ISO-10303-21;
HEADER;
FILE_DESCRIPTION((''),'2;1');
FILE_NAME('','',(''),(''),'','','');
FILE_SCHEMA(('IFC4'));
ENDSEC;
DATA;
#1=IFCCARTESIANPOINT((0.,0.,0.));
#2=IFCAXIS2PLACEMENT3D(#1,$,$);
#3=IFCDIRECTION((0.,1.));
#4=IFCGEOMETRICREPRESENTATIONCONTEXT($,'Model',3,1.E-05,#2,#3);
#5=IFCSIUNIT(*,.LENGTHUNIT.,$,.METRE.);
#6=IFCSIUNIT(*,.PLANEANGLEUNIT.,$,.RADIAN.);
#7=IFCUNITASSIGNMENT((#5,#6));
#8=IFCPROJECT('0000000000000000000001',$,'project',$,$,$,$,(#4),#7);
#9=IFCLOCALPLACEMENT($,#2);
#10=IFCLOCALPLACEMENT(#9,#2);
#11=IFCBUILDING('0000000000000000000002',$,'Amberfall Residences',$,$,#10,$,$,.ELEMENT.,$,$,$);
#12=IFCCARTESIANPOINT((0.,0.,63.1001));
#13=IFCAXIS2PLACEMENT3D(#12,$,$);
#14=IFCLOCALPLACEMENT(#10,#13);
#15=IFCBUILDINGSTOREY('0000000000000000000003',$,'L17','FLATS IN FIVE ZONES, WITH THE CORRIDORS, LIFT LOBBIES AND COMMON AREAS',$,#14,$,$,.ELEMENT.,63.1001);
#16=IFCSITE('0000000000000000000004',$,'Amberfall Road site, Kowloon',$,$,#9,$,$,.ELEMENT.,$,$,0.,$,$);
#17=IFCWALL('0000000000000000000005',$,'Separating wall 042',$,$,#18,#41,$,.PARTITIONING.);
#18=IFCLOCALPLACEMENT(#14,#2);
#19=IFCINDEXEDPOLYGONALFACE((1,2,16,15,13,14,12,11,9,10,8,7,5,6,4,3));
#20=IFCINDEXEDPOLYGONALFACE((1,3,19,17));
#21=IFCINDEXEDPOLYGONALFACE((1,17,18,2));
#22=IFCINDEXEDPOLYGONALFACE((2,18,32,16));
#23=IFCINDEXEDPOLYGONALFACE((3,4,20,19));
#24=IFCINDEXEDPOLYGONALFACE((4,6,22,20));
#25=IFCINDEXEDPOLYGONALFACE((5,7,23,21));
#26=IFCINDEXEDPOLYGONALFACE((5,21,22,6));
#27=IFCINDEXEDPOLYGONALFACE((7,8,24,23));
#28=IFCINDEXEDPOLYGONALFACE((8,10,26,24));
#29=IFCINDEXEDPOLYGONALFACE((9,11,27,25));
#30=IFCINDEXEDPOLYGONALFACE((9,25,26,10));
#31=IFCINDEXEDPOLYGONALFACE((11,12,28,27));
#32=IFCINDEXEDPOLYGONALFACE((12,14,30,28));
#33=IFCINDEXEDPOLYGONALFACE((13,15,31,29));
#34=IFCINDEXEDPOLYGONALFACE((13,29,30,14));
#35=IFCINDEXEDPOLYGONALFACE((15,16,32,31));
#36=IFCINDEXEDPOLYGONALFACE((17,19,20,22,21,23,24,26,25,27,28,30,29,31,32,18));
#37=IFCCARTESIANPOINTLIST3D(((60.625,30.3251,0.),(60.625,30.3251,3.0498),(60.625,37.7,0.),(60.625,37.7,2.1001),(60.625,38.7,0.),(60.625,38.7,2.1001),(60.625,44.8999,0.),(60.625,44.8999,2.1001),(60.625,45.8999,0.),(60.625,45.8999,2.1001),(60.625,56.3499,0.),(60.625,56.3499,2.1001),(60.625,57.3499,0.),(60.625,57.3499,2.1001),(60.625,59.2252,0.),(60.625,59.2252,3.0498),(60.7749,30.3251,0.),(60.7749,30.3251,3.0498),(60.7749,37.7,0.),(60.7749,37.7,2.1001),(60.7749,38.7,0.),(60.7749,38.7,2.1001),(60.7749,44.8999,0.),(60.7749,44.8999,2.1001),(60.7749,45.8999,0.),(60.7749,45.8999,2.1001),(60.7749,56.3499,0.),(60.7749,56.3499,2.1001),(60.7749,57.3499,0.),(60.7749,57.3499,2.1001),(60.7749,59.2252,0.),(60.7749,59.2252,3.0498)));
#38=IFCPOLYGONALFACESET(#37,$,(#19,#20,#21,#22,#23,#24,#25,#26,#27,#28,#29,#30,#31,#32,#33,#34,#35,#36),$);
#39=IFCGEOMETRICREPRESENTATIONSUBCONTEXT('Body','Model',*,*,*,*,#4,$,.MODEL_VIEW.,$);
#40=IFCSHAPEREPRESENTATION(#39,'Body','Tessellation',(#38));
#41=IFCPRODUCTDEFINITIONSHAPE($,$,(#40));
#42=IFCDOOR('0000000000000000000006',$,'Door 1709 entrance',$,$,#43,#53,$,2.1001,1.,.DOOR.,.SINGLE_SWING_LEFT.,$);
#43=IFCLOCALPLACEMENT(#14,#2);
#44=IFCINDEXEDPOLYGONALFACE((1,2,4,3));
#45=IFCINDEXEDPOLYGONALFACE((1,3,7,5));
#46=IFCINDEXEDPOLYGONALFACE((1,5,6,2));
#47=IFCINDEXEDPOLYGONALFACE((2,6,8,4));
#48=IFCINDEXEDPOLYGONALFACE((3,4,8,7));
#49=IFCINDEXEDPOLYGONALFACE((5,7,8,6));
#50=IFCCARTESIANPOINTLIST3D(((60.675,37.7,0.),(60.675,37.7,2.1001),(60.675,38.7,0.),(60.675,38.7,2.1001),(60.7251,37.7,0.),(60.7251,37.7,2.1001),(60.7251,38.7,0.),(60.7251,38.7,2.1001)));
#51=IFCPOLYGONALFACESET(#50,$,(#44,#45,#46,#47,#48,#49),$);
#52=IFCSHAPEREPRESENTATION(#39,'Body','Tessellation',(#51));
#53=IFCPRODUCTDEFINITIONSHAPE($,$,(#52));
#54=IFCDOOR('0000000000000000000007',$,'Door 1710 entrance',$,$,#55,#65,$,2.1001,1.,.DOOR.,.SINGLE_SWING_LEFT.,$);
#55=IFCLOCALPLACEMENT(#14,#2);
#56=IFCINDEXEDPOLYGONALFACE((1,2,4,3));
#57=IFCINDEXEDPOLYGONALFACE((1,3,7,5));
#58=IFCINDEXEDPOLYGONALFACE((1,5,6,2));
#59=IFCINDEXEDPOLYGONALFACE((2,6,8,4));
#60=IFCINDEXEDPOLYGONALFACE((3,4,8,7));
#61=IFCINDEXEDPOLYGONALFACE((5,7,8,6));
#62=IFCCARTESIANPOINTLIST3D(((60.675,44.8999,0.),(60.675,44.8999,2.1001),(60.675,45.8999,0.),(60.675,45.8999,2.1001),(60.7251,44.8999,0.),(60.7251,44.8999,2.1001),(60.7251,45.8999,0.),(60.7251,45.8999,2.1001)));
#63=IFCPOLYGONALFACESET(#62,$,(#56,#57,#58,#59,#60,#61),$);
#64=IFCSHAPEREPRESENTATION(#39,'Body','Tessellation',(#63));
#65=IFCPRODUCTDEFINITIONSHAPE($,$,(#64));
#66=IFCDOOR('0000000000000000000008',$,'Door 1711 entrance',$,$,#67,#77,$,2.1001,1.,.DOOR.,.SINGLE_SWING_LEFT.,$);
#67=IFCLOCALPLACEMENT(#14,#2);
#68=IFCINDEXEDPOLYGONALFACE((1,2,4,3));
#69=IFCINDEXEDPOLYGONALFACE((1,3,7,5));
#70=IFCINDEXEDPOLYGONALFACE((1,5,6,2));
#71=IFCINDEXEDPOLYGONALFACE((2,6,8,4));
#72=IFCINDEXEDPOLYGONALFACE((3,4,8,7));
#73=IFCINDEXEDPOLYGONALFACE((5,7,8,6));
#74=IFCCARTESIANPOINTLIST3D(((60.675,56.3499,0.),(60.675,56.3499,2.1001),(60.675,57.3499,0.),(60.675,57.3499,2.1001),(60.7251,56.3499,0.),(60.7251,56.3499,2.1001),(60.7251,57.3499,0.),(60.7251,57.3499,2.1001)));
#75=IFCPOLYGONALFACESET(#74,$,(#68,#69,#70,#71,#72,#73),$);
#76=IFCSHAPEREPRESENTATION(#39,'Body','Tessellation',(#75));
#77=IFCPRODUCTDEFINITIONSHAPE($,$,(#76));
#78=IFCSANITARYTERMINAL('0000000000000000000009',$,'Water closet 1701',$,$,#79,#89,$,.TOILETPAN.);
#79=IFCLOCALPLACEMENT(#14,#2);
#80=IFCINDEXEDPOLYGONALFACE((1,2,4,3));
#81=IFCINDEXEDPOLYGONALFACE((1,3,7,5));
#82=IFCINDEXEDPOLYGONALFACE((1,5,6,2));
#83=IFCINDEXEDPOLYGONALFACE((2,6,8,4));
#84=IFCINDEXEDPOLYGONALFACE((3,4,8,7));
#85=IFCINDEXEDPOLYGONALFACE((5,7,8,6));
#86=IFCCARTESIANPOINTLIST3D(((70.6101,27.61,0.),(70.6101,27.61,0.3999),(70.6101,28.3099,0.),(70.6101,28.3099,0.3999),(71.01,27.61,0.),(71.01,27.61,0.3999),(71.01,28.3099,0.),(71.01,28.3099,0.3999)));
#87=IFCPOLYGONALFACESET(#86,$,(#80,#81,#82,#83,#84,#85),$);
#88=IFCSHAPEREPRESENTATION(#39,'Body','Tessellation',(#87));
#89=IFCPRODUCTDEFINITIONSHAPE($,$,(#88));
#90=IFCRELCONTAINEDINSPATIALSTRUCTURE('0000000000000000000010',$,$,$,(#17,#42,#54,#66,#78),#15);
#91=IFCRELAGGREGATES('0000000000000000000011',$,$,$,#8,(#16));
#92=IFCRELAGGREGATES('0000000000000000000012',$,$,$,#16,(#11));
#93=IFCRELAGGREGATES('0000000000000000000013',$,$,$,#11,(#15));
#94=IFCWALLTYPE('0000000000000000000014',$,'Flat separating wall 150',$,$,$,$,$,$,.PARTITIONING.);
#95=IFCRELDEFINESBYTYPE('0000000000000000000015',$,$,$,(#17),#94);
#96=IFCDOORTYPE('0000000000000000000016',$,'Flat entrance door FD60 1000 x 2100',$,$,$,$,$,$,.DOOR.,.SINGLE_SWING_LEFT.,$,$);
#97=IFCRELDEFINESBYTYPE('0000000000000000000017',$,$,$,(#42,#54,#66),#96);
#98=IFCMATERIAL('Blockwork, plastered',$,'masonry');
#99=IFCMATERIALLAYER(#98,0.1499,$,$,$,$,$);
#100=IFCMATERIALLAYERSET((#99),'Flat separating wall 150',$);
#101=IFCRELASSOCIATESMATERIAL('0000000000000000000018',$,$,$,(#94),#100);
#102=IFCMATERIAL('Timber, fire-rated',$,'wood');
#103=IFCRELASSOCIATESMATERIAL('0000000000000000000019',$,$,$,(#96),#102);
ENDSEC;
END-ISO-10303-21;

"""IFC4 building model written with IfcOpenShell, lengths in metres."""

from ifc_helpers import new_model, si_unit, direction, frame, frame_2d, origin, origin_2d, place, context, subcontext, project, spatial, rectangle, extrude, material, layer, layer_set, type_object, element, fill, save


model = new_model("IFC4")

# Units and contexts
model_context = context("Model", 3, precision=1e-05, world=origin(), true_north=direction((0.0, 1.0)))
body_context = subcontext(model_context, "Body", "Model", "MODEL_VIEW")
ifc_project = project(units=[si_unit("LENGTHUNIT", "METRE"), si_unit("PLANEANGLEUNIT", "RADIAN")], contexts=[model_context])

# Site, building, storey
site_placement = place(None, origin())
site = spatial("IfcSite", under=ifc_project, at=site_placement, Name="Amberfall Road site, Kowloon", CompositionType="ELEMENT", RefElevation=0.0)
building_placement = place(site_placement, origin())
building = spatial("IfcBuilding", under=site, at=building_placement, Name="Amberfall Residences", CompositionType="ELEMENT")
storey_placement = place(building_placement, frame((0.0, 0.0, 63.1001)))
storey = spatial("IfcBuildingStorey", under=building, at=storey_placement, Name="L17", Description="FLATS IN FIVE ZONES, WITH THE CORRIDORS, LIFT LOBBIES AND COMMON AREAS", CompositionType="ELEMENT", Elevation=63.1001)

# Wall, openings, doors
ifc_material_1 = material(Name="Blockwork, plastered", Category="masonry")
ifc_layer_1 = layer(ifc_material_1, 0.1499)
ifc_layer_set_1 = layer_set([ifc_layer_1], Name="Flat separating wall 150")
wall_type_1 = type_object("IfcWallType", Name="Flat separating wall 150", PredefinedType="PARTITIONING", material=ifc_layer_set_1)
wall_1_placement = place(storey_placement, frame((60.7, 30.325, 0.0), z_axis=(0.0, 0.0, 1.0), x_axis=(0.0, 1.0, 0.0)))
wall_1 = element("IfcWall", 1, at=wall_1_placement, inside=storey, type_object=wall_type_1, Name="Separating wall 042", PredefinedType="PARTITIONING", context=body_context, shape_type="SweptSolid", body=[
    extrude(rectangle(XDim=28.9001, YDim=0.1499, at=frame_2d((14.4502, 0.0))), origin(), (0.0, 0.0, 1.0), 3.0498),
])
opening_1_placement = place(wall_1_placement, frame((7.375, 0.0, 0.0)))
opening_1 = element("IfcOpeningElement", 2, at=opening_1_placement, cuts=wall_1, PredefinedType="OPENING", context=body_context, shape_type="SweptSolid", body=[
    extrude(rectangle(XDim=1.0, YDim=2.1001, at=frame_2d((0.5, 1.05))), frame((0.0, 0.085, 0.0), z_axis=(0.0, -1.0, 0.0), x_axis=(1.0, 0.0, 0.0)), (0.0, 0.0, 1.0), 0.1699),
])
opening_2_placement = place(wall_1_placement, frame((14.575, 0.0, 0.0)))
opening_2 = element("IfcOpeningElement", 3, at=opening_2_placement, cuts=wall_1, PredefinedType="OPENING", context=body_context, shape_type="SweptSolid", body=[
    extrude(rectangle(XDim=1.0, YDim=2.1001, at=frame_2d((0.5, 1.05))), frame((0.0, 0.085, 0.0), z_axis=(0.0, -1.0, 0.0), x_axis=(1.0, 0.0, 0.0)), (0.0, 0.0, 1.0), 0.1699),
])
opening_3_placement = place(wall_1_placement, frame((26.0249, 0.0, 0.0)))
opening_3 = element("IfcOpeningElement", 4, at=opening_3_placement, cuts=wall_1, PredefinedType="OPENING", context=body_context, shape_type="SweptSolid", body=[
    extrude(rectangle(XDim=1.0, YDim=2.1001, at=frame_2d((0.5, 1.05))), frame((0.0, 0.085, 0.0), z_axis=(0.0, -1.0, 0.0), x_axis=(1.0, 0.0, 0.0)), (0.0, 0.0, 1.0), 0.1699),
])
ifc_material_2 = material(Name="Timber, fire-rated", Category="wood")
door_type_1 = type_object("IfcDoorType", Name="Flat entrance door FD60 1000 x 2100", OperationType="SINGLE_SWING_LEFT", PredefinedType="DOOR", material=ifc_material_2)
door_1_placement = place(opening_1_placement, origin())
door_1 = element("IfcDoor", 5, at=door_1_placement, inside=storey, type_object=door_type_1, Name="Door 1709 entrance", OperationType="SINGLE_SWING_LEFT", OverallHeight=2.1001, OverallWidth=1.0, PredefinedType="DOOR", context=body_context, shape_type="SweptSolid", body=[
    extrude(rectangle(XDim=1.0, YDim=2.1001, at=frame_2d((0.5, 1.05))), frame((0.0, 0.0249, 0.0), z_axis=(0.0, -1.0, 0.0), x_axis=(1.0, 0.0, 0.0)), (0.0, 0.0, 1.0), 0.05),
])
fill(opening_1, door_1)
door_2_placement = place(opening_2_placement, origin())
door_2 = element("IfcDoor", 6, at=door_2_placement, inside=storey, type_object=door_type_1, Name="Door 1710 entrance", OperationType="SINGLE_SWING_LEFT", OverallHeight=2.1001, OverallWidth=1.0, PredefinedType="DOOR", context=body_context, shape_type="SweptSolid", body=[
    extrude(rectangle(XDim=1.0, YDim=2.1001, at=frame_2d((0.5, 1.05))), frame((0.0, 0.0249, 0.0), z_axis=(0.0, -1.0, 0.0), x_axis=(1.0, 0.0, 0.0)), (0.0, 0.0, 1.0), 0.05),
])
fill(opening_2, door_2)
door_3_placement = place(opening_3_placement, origin())
door_3 = element("IfcDoor", 7, at=door_3_placement, inside=storey, type_object=door_type_1, Name="Door 1711 entrance", OperationType="SINGLE_SWING_LEFT", OverallHeight=2.1001, OverallWidth=1.0, PredefinedType="DOOR", context=body_context, shape_type="SweptSolid", body=[
    extrude(rectangle(XDim=1.0, YDim=2.1001, at=frame_2d((0.5, 1.05))), frame((0.0, 0.0249, 0.0), z_axis=(0.0, -1.0, 0.0), x_axis=(1.0, 0.0, 0.0)), (0.0, 0.0, 1.0), 0.05),
])
fill(opening_3, door_3)

# Sanitary terminal
sanitary_terminal_placement = place(storey_placement, frame((70.8101, 27.96, 0.0), z_axis=(0.0, 0.0, 1.0), x_axis=(1.0, 0.0, 0.0)))
element("IfcSanitaryTerminal", 8, at=sanitary_terminal_placement, inside=storey, Name="Water closet 1701", PredefinedType="TOILETPAN", context=body_context, shape_type="SweptSolid", body=[
    extrude(rectangle(XDim=0.3999, YDim=0.7, at=origin_2d()), origin(), (0.0, 0.0, 1.0), 0.3999),
])

save(model, "model.ifc")
